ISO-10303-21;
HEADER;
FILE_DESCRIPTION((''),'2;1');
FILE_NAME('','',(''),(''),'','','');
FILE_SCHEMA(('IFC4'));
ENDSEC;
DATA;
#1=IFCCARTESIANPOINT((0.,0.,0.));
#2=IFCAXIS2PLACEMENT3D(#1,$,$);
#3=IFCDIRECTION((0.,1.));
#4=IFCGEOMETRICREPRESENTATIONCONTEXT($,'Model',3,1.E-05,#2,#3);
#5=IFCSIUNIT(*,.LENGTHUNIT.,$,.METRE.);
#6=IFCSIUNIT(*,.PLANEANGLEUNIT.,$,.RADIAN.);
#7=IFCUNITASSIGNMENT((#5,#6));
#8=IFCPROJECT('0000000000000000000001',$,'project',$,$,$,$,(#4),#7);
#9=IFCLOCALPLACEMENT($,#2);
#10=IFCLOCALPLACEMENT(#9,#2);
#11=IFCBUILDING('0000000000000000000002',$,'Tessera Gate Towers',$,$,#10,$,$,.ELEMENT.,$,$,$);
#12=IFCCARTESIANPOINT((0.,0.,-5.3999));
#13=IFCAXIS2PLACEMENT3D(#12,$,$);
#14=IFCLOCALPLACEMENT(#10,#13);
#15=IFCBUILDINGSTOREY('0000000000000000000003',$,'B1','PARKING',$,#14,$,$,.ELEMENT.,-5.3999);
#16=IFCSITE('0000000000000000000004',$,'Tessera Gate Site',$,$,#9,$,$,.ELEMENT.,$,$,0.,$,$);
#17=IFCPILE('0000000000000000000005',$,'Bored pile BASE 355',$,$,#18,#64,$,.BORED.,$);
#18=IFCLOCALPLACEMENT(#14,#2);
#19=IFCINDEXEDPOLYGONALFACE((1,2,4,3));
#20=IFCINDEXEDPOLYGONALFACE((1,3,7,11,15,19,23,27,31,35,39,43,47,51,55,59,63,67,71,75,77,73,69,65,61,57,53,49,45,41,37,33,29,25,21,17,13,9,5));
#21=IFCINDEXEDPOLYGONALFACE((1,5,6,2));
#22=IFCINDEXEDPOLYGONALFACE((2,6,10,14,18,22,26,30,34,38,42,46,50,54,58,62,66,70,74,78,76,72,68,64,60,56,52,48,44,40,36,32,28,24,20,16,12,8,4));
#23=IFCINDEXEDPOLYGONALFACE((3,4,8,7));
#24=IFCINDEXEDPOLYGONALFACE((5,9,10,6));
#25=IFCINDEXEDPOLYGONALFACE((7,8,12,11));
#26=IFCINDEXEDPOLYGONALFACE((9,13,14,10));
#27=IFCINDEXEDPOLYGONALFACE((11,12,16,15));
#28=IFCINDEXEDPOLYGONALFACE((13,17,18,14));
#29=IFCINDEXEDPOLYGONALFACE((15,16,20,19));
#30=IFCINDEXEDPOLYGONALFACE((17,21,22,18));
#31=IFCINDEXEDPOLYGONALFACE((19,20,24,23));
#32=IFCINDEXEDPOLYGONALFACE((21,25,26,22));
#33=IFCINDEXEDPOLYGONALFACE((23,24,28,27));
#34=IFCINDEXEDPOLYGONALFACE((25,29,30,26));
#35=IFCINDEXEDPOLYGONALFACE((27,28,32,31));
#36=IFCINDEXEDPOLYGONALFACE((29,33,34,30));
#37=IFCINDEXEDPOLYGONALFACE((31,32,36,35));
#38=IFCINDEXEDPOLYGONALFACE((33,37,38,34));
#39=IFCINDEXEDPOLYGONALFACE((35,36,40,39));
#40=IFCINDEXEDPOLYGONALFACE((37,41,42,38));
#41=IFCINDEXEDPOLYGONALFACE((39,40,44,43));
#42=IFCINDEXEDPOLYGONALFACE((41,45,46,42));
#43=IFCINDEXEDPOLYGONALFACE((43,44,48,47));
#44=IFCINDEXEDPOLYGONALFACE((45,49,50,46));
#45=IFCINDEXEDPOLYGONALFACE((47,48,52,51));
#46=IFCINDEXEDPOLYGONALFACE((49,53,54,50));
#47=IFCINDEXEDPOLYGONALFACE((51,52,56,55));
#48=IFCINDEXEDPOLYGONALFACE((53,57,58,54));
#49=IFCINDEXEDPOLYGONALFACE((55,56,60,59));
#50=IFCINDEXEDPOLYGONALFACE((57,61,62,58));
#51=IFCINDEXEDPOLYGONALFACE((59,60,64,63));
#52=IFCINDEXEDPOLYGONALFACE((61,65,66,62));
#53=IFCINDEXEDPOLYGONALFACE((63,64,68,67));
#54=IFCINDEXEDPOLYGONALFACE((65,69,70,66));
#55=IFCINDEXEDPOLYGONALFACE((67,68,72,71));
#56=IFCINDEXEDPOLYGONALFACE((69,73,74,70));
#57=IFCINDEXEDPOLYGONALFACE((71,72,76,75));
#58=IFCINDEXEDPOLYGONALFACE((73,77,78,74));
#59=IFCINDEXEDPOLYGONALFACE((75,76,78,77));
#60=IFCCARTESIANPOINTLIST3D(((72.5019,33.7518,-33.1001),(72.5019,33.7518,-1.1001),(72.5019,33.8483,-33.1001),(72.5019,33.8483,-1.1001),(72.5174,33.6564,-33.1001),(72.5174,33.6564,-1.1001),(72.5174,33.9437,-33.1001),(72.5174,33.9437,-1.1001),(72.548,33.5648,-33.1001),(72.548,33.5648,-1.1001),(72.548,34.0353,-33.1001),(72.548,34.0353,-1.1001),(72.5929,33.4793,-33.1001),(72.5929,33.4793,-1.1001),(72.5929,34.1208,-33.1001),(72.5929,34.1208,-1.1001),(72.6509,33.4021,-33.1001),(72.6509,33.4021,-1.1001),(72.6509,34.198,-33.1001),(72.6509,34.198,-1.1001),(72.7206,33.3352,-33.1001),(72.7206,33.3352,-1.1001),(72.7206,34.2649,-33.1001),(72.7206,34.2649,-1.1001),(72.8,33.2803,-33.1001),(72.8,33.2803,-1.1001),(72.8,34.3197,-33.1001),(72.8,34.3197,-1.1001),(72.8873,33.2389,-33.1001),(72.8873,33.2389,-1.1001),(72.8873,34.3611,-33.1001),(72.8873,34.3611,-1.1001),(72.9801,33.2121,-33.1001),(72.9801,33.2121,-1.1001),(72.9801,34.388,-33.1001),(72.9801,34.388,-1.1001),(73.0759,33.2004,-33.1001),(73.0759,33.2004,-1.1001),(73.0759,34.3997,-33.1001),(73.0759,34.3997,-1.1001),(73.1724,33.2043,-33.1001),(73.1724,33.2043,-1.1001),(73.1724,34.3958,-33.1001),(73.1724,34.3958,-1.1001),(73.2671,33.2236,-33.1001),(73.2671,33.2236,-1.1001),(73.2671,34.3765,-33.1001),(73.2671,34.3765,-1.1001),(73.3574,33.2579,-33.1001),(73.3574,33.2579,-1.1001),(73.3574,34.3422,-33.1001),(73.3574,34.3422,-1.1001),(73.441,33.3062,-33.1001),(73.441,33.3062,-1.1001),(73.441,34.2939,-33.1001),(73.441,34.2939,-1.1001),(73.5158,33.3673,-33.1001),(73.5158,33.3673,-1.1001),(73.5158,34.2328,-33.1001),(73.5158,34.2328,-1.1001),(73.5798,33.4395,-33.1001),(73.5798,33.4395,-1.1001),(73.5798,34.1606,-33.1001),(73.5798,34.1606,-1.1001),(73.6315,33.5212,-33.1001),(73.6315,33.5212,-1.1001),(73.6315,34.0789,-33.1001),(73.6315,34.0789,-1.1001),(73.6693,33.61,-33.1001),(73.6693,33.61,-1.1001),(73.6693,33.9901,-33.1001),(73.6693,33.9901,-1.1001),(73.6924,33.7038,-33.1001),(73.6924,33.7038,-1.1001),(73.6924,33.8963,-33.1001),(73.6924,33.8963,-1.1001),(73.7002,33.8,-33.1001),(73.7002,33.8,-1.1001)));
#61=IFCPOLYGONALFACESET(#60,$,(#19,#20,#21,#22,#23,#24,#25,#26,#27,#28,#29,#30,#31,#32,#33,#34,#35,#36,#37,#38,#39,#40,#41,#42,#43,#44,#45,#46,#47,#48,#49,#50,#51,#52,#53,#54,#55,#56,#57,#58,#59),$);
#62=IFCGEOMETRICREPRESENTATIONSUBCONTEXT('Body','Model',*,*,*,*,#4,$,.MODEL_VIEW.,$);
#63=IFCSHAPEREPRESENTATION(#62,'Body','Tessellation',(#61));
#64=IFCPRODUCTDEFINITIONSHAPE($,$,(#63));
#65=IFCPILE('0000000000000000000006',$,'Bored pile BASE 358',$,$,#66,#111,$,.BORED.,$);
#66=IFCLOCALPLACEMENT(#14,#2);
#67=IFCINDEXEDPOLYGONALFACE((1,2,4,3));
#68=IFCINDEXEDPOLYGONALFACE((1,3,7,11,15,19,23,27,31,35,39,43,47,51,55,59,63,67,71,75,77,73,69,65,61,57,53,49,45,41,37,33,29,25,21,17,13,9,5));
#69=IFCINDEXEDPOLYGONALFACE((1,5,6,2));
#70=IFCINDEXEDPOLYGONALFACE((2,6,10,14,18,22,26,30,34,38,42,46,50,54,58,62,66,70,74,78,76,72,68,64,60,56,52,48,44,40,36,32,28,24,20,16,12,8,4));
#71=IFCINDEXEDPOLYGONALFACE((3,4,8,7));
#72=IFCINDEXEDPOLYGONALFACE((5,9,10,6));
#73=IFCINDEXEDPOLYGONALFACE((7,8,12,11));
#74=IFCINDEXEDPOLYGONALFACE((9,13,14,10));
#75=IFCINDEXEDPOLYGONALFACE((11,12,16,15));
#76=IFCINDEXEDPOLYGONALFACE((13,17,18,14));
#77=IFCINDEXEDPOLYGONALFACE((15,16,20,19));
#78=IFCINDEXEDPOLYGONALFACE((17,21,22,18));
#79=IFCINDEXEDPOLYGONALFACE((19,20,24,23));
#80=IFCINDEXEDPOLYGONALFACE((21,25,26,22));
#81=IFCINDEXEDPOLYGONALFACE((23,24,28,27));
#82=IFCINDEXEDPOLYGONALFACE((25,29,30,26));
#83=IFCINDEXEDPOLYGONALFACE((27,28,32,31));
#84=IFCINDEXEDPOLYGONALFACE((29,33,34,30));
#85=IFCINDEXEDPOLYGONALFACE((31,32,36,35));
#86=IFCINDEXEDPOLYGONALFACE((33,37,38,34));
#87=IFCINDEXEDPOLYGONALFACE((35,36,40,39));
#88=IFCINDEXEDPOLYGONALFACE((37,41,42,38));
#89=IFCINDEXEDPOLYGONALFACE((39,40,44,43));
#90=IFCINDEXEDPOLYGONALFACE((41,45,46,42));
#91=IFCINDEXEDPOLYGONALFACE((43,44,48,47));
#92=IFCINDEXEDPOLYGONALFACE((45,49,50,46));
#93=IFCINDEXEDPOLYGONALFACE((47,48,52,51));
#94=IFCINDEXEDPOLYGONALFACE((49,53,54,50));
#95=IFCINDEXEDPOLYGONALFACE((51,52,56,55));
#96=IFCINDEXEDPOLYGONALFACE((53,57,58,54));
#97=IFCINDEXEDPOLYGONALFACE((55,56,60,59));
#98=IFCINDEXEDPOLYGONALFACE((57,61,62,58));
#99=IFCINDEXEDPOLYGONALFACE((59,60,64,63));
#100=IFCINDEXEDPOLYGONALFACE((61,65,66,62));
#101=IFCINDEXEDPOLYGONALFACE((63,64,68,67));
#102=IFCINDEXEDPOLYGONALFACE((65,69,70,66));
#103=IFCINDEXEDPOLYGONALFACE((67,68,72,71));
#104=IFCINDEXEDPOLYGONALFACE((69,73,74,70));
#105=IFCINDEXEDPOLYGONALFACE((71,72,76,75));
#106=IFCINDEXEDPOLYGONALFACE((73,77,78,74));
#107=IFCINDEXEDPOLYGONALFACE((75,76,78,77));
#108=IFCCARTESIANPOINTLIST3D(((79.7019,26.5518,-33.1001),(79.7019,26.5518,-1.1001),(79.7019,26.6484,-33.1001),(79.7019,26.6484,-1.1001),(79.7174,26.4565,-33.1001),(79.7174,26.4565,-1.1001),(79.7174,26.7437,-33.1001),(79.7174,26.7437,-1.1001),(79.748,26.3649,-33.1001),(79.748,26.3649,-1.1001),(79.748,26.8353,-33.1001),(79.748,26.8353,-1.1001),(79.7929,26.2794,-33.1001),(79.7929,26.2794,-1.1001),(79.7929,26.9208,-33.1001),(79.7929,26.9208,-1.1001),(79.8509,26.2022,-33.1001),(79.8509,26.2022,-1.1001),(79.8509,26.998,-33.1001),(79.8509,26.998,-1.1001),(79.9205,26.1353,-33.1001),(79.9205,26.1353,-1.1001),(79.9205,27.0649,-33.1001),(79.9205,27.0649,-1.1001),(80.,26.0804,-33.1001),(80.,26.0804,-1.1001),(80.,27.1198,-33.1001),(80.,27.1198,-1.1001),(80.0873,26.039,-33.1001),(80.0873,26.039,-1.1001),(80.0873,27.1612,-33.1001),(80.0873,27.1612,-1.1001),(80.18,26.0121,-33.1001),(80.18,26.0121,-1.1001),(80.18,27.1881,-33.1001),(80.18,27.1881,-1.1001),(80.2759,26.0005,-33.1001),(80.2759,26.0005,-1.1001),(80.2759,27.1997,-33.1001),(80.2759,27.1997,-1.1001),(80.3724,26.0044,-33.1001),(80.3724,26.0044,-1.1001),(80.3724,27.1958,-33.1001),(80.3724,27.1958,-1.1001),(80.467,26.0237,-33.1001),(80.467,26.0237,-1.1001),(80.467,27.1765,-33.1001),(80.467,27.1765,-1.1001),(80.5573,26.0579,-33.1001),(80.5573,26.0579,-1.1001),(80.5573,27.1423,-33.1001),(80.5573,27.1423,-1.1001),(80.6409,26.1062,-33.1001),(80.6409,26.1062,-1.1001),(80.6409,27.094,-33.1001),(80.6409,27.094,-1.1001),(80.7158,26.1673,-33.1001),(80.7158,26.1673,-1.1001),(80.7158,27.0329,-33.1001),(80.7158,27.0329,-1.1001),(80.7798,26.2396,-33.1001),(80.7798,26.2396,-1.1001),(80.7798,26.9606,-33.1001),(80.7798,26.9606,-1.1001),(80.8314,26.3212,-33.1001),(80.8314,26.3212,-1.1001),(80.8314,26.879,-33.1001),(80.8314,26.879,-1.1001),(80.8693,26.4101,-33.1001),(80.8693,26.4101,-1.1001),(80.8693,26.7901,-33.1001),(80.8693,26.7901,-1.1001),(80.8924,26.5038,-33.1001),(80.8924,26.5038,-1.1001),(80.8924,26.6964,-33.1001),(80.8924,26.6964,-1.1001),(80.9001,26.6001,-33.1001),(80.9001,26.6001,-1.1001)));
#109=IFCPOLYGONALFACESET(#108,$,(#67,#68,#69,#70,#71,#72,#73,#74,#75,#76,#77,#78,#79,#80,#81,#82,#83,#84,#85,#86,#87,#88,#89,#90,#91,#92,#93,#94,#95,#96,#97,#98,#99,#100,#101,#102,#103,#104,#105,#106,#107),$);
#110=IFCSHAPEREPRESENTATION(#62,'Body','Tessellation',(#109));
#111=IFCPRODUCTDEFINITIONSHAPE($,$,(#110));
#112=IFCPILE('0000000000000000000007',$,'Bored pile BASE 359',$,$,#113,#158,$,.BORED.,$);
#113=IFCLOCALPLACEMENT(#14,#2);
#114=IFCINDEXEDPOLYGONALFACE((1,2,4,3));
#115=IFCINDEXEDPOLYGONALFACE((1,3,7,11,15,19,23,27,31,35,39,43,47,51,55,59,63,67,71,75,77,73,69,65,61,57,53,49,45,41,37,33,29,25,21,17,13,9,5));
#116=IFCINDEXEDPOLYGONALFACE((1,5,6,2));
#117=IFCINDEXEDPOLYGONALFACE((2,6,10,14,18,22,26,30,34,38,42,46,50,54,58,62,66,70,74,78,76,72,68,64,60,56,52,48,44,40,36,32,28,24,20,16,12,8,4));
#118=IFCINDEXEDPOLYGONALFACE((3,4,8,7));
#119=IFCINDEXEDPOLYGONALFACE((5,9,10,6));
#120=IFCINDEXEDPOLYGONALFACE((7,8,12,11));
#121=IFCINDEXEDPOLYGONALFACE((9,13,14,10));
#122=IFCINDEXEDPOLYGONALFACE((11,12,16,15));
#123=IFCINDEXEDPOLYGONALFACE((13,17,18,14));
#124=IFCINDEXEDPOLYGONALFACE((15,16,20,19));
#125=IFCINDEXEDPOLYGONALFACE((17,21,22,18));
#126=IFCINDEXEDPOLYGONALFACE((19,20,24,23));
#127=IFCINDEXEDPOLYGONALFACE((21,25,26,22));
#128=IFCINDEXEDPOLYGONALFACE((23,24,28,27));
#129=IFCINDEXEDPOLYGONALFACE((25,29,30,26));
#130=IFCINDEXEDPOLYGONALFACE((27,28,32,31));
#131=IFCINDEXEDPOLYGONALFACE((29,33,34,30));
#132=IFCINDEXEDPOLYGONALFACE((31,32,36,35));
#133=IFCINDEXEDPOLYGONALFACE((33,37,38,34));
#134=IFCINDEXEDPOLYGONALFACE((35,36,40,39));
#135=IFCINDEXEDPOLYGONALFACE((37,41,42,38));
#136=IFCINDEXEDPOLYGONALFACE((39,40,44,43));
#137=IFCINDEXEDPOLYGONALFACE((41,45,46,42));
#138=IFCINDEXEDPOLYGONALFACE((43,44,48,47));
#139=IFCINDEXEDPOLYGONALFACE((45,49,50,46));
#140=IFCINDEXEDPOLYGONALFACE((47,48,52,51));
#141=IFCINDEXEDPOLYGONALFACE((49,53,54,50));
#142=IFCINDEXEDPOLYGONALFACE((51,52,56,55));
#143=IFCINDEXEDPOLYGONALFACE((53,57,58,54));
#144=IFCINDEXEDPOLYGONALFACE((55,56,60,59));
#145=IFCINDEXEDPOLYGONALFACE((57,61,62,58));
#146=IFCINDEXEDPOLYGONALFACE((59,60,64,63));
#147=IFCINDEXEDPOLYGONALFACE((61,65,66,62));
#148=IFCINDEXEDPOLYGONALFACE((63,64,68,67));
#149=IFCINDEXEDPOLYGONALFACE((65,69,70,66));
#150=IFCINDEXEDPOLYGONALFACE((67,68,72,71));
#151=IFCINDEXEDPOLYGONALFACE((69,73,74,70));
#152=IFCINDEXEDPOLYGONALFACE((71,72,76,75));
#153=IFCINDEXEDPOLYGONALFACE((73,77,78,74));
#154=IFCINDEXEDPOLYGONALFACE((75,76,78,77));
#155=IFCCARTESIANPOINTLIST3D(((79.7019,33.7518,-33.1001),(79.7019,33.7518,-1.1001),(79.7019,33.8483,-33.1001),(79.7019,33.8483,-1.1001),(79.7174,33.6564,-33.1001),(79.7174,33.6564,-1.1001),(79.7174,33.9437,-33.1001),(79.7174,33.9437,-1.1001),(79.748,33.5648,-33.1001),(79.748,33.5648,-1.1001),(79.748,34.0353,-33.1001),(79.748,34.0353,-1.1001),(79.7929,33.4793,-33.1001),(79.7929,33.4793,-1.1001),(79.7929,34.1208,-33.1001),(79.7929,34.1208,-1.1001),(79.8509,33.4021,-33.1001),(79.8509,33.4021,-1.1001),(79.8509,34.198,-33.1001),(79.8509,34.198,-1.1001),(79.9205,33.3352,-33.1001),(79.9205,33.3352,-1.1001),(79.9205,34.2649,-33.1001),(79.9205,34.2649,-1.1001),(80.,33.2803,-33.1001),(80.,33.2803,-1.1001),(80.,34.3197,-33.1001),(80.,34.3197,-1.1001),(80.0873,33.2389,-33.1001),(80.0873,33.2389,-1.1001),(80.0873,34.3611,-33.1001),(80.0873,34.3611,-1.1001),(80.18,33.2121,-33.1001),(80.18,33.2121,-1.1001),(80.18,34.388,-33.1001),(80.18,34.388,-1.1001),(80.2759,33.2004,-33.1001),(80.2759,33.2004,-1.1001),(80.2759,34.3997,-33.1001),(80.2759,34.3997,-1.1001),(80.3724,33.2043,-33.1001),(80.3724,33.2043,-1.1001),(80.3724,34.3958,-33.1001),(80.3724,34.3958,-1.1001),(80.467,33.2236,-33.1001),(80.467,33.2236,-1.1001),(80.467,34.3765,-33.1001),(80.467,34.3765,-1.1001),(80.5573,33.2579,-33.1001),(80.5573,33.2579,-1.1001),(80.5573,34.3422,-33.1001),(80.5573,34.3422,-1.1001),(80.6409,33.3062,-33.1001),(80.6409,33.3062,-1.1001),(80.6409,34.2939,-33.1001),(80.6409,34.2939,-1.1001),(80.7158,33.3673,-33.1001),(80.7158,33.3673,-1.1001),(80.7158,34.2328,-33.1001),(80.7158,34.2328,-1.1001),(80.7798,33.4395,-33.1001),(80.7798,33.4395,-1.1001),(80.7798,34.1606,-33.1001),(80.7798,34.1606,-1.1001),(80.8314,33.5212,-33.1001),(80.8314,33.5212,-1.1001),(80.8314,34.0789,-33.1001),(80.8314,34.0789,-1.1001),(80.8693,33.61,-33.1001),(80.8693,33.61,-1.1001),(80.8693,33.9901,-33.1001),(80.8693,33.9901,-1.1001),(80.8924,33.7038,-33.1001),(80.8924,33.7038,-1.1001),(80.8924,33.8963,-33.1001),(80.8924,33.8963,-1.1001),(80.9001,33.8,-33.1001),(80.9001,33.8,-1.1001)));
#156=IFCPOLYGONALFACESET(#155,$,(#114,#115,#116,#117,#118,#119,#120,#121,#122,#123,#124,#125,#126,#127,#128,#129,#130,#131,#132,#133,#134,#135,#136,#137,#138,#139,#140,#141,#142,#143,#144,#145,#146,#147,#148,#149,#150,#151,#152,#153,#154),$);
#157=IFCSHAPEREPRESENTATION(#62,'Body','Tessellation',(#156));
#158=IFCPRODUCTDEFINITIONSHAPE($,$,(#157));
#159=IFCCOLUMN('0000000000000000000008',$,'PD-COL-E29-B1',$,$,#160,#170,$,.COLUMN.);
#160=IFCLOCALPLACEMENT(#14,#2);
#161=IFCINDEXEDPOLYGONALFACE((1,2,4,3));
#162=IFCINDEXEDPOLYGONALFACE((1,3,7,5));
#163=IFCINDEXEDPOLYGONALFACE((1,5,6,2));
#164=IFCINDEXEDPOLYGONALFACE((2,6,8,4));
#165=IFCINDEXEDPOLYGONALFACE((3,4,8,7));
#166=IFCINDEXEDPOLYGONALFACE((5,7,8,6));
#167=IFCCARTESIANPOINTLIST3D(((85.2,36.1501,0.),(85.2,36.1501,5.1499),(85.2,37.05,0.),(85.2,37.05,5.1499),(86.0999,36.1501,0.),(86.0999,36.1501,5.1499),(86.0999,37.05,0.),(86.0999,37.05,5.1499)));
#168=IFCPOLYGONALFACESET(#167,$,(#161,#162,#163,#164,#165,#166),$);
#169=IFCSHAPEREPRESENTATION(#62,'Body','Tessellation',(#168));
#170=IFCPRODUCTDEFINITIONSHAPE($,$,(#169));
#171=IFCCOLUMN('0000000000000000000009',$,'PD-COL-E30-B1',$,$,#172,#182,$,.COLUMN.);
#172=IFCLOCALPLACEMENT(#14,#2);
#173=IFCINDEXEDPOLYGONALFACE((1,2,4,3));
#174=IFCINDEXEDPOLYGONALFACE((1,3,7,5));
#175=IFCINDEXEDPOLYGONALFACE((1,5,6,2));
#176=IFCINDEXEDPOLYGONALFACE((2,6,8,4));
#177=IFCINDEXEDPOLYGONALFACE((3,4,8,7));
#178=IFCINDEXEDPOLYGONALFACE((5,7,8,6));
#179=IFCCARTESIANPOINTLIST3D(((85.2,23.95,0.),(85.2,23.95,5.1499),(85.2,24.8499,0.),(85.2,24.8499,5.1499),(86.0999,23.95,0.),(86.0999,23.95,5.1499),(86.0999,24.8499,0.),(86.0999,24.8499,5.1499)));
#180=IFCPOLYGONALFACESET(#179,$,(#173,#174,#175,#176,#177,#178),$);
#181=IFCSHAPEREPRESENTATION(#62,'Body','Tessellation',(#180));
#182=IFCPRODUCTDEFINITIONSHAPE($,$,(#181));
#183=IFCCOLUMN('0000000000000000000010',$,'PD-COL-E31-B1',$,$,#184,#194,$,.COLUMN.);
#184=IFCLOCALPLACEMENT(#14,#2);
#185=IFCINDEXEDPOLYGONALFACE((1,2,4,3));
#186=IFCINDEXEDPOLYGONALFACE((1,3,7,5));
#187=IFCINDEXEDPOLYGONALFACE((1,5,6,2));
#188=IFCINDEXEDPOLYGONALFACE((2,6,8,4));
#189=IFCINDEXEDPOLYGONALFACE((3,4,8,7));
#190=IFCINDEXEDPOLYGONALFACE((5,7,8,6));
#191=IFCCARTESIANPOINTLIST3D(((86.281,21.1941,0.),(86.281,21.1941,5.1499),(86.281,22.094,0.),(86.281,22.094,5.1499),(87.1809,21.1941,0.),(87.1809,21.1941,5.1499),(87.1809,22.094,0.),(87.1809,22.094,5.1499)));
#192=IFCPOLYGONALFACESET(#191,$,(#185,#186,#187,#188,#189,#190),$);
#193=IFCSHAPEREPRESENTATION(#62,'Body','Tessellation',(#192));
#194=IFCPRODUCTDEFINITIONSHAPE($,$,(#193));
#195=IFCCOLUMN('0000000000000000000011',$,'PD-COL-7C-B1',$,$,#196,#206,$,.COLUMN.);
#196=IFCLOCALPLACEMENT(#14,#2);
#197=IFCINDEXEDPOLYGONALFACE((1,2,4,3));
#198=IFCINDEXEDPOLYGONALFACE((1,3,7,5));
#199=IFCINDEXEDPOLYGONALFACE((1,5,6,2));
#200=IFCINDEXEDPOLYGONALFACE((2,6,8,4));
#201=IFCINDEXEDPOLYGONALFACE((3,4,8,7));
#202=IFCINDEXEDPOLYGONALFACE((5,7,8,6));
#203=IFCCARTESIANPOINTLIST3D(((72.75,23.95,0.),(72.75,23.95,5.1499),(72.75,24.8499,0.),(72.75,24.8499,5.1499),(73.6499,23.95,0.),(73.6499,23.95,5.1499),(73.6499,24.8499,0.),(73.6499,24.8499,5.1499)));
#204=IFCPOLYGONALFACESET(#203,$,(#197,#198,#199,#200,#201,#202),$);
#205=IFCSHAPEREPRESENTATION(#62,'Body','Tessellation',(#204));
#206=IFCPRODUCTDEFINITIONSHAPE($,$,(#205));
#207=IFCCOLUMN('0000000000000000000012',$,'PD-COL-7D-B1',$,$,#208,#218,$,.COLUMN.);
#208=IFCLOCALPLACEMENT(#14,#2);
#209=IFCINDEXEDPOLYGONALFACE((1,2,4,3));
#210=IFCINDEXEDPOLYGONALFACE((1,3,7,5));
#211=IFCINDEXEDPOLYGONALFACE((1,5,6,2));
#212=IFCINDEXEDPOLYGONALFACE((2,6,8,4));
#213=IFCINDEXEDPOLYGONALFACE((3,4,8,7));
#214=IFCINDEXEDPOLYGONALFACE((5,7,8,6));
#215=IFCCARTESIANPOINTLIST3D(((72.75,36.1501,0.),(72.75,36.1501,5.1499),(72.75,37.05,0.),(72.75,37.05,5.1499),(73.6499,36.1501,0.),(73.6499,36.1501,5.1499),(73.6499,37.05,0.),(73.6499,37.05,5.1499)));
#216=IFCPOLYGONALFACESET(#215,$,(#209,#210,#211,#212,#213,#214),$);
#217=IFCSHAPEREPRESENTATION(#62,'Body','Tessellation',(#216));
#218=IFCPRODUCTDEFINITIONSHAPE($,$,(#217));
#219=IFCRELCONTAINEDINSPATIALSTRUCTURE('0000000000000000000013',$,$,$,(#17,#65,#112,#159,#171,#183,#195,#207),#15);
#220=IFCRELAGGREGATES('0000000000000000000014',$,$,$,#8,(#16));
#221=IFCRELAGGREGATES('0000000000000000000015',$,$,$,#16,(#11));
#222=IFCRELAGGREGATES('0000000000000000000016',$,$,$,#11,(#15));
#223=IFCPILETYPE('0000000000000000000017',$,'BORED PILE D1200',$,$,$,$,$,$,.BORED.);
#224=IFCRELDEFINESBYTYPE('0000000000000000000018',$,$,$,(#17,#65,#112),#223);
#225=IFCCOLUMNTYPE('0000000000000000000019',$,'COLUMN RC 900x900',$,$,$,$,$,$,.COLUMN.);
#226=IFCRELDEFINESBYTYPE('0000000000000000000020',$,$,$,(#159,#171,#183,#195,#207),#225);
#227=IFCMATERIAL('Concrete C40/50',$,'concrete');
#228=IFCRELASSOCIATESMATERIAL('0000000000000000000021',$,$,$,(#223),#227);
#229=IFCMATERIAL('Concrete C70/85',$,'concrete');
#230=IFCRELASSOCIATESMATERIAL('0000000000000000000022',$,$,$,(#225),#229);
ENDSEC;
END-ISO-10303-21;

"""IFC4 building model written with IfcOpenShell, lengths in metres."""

from ifc_helpers import new_model, si_unit, direction, frame, origin, origin_2d, place, context, subcontext, project, spatial, rectangle, circle, extrude, material, material_profile, profile_set, type_object, element, save


model = new_model("IFC4")

# Units and contexts
model_context = context("Model", 3, precision=1e-05, world=origin(), true_north=direction((0.0, 1.0)))
body_context = subcontext(model_context, "Body", "Model", "MODEL_VIEW")
ifc_project = project(units=[si_unit("LENGTHUNIT", "METRE"), si_unit("PLANEANGLEUNIT", "RADIAN")], contexts=[model_context])

# Site, building, storey
site_placement = place(None, origin())
site = spatial("IfcSite", under=ifc_project, at=site_placement, Name="Tessera Gate Site", CompositionType="ELEMENT", RefElevation=0.0)
building_placement = place(site_placement, origin())
building = spatial("IfcBuilding", under=site, at=building_placement, Name="Tessera Gate Towers", CompositionType="ELEMENT")
storey_placement = place(building_placement, frame((0.0, 0.0, -5.3999)))
storey = spatial("IfcBuildingStorey", under=building, at=storey_placement, Name="B1", Description="PARKING", CompositionType="ELEMENT", Elevation=-5.3999)

# Piles
ifc_material_1 = material(Name="Concrete C40/50", Category="concrete")
ifc_material_profile_1 = material_profile(ifc_material_1, circle(Radius=0.6001, at=origin_2d()), Name="BORED PILE D1200")
ifc_profile_set_1 = profile_set([ifc_material_profile_1], Name="Concrete C40/50")
pile_type = type_object("IfcPileType", Name="BORED PILE D1200", PredefinedType="BORED", material=ifc_profile_set_1)
for number, where, z_axis, x_axis, name in (
    (1, (73.1001, 33.8, -1.1001), (0.0, 0.0, -1.0), (1.0, 0.0, 0.0), "Bored pile BASE 355"),
    (2, (80.3, 26.6001, -1.1001), (0.0, 0.0, -1.0), (1.0, 0.0, 0.0), "Bored pile BASE 358"),
    (3, (80.3, 33.8, -1.1001), (0.0, 0.0, -1.0), (1.0, 0.0, 0.0), "Bored pile BASE 359"),
):
    element("IfcPile", number, at=place(storey_placement, frame(where, z_axis=z_axis, x_axis=x_axis)), inside=storey, type_object=pile_type, Name=name, PredefinedType="BORED", context=body_context, shape_type="SweptSolid", body=[
        extrude(circle(Radius=0.6001, at=origin_2d()), origin(), (0.0, 0.0, 1.0), 32.0),
    ])

# Columns
ifc_material_2 = material(Name="Concrete C70/85", Category="concrete")
ifc_material_profile_2 = material_profile(ifc_material_2, rectangle(XDim=0.8999, YDim=0.8999, at=origin_2d()), Name="RC 900x900")
ifc_profile_set_2 = profile_set([ifc_material_profile_2], Name="Concrete C70/85")
column_type = type_object("IfcColumnType", Name="COLUMN RC 900x900", PredefinedType="COLUMN", material=ifc_profile_set_2)
for number, where, z_axis, x_axis, name in (
    (4, (85.6499, 36.6001, 0.0), (0.0, 0.0, 1.0), (1.0, 0.0, 0.0), "PD-COL-E29-B1"),
    (5, (85.6499, 24.3999, 0.0), (0.0, 0.0, 1.0), (1.0, 0.0, 0.0), "PD-COL-E30-B1"),
    (6, (86.731, 21.644, 0.0), (0.0, 0.0, 1.0), (1.0, 0.0, 0.0), "PD-COL-E31-B1"),
    (7, (73.2, 24.3999, 0.0), (0.0, 0.0, 1.0), (1.0, 0.0, 0.0), "PD-COL-7C-B1"),
    (8, (73.2, 36.6001, 0.0), (0.0, 0.0, 1.0), (1.0, 0.0, 0.0), "PD-COL-7D-B1"),
):
    element("IfcColumn", number, at=place(storey_placement, frame(where, z_axis=z_axis, x_axis=x_axis)), inside=storey, type_object=column_type, Name=name, PredefinedType="COLUMN", context=body_context, shape_type="SweptSolid", body=[
        extrude(rectangle(XDim=0.8999, YDim=0.8999, at=origin_2d()), origin(), (0.0, 0.0, 1.0), 5.1499),
    ])

save(model, "model.ifc")
